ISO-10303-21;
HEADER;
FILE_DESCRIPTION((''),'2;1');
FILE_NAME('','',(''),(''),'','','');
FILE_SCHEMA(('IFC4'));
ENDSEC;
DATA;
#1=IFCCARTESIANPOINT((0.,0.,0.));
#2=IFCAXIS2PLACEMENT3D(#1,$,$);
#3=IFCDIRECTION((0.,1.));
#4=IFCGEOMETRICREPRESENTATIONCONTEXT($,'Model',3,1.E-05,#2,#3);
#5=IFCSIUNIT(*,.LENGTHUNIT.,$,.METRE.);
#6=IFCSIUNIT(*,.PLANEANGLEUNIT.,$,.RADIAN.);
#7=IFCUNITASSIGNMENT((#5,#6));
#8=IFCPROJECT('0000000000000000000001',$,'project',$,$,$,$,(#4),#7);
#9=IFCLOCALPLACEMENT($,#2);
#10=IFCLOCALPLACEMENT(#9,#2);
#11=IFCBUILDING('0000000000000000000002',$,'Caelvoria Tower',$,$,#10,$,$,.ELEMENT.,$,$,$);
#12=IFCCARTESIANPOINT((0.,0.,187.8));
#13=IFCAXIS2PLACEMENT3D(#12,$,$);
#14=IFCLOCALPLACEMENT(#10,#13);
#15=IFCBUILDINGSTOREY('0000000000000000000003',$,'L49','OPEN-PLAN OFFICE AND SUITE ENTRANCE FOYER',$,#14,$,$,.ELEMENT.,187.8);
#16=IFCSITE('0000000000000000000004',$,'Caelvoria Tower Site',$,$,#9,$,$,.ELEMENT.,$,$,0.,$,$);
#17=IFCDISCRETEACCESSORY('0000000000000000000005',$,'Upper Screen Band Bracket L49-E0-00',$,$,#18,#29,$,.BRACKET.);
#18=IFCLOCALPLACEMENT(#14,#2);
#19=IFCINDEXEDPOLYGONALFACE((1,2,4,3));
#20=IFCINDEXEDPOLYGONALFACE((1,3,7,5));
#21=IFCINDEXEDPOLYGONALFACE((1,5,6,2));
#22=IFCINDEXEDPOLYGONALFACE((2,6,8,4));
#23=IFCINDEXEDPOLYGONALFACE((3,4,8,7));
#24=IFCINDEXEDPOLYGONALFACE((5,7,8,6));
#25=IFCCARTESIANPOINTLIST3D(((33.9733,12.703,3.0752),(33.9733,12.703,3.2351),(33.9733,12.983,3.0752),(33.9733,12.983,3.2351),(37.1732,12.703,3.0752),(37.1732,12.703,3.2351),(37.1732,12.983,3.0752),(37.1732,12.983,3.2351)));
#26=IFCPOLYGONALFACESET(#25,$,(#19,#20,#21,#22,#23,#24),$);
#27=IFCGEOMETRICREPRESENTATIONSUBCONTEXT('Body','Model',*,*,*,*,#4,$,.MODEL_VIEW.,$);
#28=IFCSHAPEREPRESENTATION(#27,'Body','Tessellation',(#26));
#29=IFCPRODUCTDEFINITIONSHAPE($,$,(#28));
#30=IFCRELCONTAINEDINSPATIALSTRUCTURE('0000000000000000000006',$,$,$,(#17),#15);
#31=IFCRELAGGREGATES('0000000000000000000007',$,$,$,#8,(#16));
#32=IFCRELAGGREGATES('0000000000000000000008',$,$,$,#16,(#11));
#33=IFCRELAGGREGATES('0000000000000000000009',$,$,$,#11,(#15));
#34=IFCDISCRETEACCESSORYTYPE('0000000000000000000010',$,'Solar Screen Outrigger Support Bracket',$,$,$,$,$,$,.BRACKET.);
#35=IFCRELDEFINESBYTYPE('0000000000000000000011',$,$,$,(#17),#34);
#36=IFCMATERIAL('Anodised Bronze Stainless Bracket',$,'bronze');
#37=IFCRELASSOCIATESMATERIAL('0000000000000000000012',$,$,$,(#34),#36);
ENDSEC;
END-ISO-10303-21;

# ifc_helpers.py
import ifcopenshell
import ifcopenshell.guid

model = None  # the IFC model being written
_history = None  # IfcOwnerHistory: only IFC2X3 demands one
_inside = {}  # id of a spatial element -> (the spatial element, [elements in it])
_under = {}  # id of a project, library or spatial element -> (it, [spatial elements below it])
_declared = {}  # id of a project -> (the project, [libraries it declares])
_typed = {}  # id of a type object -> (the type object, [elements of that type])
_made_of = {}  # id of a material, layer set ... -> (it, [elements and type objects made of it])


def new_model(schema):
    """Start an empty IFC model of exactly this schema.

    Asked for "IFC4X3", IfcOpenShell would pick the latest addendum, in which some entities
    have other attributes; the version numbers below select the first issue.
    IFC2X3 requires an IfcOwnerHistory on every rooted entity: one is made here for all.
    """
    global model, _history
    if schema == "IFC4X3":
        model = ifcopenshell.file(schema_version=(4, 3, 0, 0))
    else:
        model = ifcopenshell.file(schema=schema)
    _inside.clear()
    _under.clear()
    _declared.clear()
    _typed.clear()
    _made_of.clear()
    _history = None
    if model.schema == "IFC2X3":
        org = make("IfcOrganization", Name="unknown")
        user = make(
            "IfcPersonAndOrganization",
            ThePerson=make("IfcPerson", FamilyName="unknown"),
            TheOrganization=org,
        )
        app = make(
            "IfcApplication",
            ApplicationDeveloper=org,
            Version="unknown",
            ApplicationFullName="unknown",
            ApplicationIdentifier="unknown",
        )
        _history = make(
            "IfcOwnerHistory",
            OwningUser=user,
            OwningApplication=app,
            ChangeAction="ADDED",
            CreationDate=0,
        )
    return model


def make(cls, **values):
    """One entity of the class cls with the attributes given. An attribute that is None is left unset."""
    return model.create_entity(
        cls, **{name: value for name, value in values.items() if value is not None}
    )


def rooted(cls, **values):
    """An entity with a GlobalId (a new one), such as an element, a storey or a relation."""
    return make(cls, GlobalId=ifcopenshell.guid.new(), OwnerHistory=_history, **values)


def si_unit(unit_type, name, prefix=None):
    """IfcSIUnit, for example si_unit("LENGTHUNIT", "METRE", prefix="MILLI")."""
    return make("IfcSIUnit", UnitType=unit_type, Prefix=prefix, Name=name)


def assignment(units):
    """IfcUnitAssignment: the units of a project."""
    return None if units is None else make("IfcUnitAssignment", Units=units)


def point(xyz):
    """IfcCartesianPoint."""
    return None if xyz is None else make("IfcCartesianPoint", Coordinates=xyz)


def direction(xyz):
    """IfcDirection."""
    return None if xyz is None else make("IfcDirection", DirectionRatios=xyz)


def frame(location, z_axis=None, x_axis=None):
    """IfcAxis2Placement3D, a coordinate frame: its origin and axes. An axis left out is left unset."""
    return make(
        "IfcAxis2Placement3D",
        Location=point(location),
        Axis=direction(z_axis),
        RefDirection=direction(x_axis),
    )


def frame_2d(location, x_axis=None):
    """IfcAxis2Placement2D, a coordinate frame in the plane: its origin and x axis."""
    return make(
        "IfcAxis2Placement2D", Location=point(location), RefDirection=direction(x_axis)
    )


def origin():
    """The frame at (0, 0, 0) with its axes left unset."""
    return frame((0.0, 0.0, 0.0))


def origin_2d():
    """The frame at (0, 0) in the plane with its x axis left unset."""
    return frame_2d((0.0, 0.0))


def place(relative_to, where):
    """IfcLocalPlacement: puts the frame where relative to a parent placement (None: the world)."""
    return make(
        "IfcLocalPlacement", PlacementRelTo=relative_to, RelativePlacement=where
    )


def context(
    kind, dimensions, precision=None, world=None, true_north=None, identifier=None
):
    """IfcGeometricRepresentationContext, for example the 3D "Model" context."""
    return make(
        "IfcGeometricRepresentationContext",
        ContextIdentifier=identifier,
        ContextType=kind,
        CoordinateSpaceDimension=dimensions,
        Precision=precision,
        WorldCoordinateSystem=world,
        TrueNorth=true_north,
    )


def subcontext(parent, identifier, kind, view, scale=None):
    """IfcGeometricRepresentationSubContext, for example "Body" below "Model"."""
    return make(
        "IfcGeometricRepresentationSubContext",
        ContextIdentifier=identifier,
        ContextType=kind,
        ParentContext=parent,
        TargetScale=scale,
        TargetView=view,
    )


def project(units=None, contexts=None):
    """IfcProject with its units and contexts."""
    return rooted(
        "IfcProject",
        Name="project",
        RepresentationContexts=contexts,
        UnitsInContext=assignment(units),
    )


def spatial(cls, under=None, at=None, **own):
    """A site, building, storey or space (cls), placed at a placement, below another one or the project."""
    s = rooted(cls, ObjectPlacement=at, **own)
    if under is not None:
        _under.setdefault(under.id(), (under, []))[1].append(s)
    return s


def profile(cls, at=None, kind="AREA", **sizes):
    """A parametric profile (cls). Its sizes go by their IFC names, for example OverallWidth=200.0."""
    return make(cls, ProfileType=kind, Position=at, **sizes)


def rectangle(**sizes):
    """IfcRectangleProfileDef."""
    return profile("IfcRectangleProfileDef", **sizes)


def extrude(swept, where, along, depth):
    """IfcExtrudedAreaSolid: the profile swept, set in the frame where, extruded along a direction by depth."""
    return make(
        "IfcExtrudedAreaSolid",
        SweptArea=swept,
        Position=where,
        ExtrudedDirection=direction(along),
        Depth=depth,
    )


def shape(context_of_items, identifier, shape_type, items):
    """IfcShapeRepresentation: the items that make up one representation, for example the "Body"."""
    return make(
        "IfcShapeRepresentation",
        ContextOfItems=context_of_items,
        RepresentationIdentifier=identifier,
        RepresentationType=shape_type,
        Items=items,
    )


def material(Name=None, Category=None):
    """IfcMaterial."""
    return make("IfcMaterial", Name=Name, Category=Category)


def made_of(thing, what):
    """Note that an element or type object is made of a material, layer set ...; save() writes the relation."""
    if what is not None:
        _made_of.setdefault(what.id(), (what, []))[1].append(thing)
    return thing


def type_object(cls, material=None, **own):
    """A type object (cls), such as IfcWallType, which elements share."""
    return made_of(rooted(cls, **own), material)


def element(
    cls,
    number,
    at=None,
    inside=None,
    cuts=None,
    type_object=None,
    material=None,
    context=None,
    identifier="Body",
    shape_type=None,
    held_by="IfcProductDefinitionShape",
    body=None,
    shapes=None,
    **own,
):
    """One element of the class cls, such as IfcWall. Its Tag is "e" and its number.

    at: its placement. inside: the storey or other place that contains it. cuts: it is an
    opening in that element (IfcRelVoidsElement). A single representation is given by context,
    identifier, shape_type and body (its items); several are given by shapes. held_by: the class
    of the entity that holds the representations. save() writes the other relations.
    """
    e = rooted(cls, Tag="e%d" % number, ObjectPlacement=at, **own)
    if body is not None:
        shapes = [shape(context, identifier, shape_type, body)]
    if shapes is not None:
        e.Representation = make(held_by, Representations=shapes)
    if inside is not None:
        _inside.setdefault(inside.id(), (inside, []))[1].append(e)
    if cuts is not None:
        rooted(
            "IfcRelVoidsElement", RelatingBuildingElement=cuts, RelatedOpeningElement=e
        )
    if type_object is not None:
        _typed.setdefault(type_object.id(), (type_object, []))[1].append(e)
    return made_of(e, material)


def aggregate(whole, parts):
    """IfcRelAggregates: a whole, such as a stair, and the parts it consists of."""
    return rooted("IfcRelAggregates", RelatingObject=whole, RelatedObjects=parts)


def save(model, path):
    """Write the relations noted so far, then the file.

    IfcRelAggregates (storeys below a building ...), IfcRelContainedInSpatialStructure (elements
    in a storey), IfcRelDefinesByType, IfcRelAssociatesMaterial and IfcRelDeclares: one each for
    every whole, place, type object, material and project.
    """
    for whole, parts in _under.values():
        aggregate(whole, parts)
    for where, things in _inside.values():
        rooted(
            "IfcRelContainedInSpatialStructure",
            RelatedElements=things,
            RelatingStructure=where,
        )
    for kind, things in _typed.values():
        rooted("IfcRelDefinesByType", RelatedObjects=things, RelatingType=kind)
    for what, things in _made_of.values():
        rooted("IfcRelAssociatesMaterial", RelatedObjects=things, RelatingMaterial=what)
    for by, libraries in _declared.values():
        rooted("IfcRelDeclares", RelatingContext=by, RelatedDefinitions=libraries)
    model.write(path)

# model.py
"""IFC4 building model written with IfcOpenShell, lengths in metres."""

from ifc_helpers import new_model, si_unit, direction, frame, origin, origin_2d, place, context, subcontext, project, spatial, rectangle, extrude, material, type_object, element, save


model = new_model("IFC4")

# Units and contexts
model_context = context("Model", 3, precision=1e-05, world=origin(), true_north=direction((0.0, 1.0)))
body_context = subcontext(model_context, "Body", "Model", "MODEL_VIEW")
ifc_project = project(units=[si_unit("LENGTHUNIT", "METRE"), si_unit("PLANEANGLEUNIT", "RADIAN")], contexts=[model_context])

# Site, building, storey
site_placement = place(None, origin())
site = spatial("IfcSite", under=ifc_project, at=site_placement, Name="Caelvoria Tower Site", CompositionType="ELEMENT", RefElevation=0.0)
building_placement = place(site_placement, origin())
building = spatial("IfcBuilding", under=site, at=building_placement, Name="Caelvoria Tower", CompositionType="ELEMENT")
storey_placement = place(building_placement, frame((0.0, 0.0, 187.8)))
storey = spatial("IfcBuildingStorey", under=building, at=storey_placement, Name="L49", Description="OPEN-PLAN OFFICE AND SUITE ENTRANCE FOYER", CompositionType="ELEMENT", Elevation=187.8)

# Discrete accessory
ifc_material_1 = material(Name="Anodised Bronze Stainless Bracket", Category="bronze")
discrete_accessory_type = type_object("IfcDiscreteAccessoryType", Name="Solar Screen Outrigger Support Bracket", PredefinedType="BRACKET", material=ifc_material_1)
for number, where, z_axis, x_axis, name in (
    (1, (35.5732, 12.843, 3.0752), (0.0, 0.0, 1.0), (1.0, 0.0, 0.0), "Upper Screen Band Bracket L49-E0-00"),
):
    element("IfcDiscreteAccessory", number, at=place(storey_placement, frame(where, z_axis=z_axis, x_axis=x_axis)), inside=storey, type_object=discrete_accessory_type, Name=name, PredefinedType="BRACKET", context=body_context, shape_type="SweptSolid", body=[
        extrude(rectangle(XDim=3.2, YDim=0.28, at=origin_2d()), origin(), (0.0, 0.0, 1.0), 0.1599),
    ])

save(model, "model.ifc")
